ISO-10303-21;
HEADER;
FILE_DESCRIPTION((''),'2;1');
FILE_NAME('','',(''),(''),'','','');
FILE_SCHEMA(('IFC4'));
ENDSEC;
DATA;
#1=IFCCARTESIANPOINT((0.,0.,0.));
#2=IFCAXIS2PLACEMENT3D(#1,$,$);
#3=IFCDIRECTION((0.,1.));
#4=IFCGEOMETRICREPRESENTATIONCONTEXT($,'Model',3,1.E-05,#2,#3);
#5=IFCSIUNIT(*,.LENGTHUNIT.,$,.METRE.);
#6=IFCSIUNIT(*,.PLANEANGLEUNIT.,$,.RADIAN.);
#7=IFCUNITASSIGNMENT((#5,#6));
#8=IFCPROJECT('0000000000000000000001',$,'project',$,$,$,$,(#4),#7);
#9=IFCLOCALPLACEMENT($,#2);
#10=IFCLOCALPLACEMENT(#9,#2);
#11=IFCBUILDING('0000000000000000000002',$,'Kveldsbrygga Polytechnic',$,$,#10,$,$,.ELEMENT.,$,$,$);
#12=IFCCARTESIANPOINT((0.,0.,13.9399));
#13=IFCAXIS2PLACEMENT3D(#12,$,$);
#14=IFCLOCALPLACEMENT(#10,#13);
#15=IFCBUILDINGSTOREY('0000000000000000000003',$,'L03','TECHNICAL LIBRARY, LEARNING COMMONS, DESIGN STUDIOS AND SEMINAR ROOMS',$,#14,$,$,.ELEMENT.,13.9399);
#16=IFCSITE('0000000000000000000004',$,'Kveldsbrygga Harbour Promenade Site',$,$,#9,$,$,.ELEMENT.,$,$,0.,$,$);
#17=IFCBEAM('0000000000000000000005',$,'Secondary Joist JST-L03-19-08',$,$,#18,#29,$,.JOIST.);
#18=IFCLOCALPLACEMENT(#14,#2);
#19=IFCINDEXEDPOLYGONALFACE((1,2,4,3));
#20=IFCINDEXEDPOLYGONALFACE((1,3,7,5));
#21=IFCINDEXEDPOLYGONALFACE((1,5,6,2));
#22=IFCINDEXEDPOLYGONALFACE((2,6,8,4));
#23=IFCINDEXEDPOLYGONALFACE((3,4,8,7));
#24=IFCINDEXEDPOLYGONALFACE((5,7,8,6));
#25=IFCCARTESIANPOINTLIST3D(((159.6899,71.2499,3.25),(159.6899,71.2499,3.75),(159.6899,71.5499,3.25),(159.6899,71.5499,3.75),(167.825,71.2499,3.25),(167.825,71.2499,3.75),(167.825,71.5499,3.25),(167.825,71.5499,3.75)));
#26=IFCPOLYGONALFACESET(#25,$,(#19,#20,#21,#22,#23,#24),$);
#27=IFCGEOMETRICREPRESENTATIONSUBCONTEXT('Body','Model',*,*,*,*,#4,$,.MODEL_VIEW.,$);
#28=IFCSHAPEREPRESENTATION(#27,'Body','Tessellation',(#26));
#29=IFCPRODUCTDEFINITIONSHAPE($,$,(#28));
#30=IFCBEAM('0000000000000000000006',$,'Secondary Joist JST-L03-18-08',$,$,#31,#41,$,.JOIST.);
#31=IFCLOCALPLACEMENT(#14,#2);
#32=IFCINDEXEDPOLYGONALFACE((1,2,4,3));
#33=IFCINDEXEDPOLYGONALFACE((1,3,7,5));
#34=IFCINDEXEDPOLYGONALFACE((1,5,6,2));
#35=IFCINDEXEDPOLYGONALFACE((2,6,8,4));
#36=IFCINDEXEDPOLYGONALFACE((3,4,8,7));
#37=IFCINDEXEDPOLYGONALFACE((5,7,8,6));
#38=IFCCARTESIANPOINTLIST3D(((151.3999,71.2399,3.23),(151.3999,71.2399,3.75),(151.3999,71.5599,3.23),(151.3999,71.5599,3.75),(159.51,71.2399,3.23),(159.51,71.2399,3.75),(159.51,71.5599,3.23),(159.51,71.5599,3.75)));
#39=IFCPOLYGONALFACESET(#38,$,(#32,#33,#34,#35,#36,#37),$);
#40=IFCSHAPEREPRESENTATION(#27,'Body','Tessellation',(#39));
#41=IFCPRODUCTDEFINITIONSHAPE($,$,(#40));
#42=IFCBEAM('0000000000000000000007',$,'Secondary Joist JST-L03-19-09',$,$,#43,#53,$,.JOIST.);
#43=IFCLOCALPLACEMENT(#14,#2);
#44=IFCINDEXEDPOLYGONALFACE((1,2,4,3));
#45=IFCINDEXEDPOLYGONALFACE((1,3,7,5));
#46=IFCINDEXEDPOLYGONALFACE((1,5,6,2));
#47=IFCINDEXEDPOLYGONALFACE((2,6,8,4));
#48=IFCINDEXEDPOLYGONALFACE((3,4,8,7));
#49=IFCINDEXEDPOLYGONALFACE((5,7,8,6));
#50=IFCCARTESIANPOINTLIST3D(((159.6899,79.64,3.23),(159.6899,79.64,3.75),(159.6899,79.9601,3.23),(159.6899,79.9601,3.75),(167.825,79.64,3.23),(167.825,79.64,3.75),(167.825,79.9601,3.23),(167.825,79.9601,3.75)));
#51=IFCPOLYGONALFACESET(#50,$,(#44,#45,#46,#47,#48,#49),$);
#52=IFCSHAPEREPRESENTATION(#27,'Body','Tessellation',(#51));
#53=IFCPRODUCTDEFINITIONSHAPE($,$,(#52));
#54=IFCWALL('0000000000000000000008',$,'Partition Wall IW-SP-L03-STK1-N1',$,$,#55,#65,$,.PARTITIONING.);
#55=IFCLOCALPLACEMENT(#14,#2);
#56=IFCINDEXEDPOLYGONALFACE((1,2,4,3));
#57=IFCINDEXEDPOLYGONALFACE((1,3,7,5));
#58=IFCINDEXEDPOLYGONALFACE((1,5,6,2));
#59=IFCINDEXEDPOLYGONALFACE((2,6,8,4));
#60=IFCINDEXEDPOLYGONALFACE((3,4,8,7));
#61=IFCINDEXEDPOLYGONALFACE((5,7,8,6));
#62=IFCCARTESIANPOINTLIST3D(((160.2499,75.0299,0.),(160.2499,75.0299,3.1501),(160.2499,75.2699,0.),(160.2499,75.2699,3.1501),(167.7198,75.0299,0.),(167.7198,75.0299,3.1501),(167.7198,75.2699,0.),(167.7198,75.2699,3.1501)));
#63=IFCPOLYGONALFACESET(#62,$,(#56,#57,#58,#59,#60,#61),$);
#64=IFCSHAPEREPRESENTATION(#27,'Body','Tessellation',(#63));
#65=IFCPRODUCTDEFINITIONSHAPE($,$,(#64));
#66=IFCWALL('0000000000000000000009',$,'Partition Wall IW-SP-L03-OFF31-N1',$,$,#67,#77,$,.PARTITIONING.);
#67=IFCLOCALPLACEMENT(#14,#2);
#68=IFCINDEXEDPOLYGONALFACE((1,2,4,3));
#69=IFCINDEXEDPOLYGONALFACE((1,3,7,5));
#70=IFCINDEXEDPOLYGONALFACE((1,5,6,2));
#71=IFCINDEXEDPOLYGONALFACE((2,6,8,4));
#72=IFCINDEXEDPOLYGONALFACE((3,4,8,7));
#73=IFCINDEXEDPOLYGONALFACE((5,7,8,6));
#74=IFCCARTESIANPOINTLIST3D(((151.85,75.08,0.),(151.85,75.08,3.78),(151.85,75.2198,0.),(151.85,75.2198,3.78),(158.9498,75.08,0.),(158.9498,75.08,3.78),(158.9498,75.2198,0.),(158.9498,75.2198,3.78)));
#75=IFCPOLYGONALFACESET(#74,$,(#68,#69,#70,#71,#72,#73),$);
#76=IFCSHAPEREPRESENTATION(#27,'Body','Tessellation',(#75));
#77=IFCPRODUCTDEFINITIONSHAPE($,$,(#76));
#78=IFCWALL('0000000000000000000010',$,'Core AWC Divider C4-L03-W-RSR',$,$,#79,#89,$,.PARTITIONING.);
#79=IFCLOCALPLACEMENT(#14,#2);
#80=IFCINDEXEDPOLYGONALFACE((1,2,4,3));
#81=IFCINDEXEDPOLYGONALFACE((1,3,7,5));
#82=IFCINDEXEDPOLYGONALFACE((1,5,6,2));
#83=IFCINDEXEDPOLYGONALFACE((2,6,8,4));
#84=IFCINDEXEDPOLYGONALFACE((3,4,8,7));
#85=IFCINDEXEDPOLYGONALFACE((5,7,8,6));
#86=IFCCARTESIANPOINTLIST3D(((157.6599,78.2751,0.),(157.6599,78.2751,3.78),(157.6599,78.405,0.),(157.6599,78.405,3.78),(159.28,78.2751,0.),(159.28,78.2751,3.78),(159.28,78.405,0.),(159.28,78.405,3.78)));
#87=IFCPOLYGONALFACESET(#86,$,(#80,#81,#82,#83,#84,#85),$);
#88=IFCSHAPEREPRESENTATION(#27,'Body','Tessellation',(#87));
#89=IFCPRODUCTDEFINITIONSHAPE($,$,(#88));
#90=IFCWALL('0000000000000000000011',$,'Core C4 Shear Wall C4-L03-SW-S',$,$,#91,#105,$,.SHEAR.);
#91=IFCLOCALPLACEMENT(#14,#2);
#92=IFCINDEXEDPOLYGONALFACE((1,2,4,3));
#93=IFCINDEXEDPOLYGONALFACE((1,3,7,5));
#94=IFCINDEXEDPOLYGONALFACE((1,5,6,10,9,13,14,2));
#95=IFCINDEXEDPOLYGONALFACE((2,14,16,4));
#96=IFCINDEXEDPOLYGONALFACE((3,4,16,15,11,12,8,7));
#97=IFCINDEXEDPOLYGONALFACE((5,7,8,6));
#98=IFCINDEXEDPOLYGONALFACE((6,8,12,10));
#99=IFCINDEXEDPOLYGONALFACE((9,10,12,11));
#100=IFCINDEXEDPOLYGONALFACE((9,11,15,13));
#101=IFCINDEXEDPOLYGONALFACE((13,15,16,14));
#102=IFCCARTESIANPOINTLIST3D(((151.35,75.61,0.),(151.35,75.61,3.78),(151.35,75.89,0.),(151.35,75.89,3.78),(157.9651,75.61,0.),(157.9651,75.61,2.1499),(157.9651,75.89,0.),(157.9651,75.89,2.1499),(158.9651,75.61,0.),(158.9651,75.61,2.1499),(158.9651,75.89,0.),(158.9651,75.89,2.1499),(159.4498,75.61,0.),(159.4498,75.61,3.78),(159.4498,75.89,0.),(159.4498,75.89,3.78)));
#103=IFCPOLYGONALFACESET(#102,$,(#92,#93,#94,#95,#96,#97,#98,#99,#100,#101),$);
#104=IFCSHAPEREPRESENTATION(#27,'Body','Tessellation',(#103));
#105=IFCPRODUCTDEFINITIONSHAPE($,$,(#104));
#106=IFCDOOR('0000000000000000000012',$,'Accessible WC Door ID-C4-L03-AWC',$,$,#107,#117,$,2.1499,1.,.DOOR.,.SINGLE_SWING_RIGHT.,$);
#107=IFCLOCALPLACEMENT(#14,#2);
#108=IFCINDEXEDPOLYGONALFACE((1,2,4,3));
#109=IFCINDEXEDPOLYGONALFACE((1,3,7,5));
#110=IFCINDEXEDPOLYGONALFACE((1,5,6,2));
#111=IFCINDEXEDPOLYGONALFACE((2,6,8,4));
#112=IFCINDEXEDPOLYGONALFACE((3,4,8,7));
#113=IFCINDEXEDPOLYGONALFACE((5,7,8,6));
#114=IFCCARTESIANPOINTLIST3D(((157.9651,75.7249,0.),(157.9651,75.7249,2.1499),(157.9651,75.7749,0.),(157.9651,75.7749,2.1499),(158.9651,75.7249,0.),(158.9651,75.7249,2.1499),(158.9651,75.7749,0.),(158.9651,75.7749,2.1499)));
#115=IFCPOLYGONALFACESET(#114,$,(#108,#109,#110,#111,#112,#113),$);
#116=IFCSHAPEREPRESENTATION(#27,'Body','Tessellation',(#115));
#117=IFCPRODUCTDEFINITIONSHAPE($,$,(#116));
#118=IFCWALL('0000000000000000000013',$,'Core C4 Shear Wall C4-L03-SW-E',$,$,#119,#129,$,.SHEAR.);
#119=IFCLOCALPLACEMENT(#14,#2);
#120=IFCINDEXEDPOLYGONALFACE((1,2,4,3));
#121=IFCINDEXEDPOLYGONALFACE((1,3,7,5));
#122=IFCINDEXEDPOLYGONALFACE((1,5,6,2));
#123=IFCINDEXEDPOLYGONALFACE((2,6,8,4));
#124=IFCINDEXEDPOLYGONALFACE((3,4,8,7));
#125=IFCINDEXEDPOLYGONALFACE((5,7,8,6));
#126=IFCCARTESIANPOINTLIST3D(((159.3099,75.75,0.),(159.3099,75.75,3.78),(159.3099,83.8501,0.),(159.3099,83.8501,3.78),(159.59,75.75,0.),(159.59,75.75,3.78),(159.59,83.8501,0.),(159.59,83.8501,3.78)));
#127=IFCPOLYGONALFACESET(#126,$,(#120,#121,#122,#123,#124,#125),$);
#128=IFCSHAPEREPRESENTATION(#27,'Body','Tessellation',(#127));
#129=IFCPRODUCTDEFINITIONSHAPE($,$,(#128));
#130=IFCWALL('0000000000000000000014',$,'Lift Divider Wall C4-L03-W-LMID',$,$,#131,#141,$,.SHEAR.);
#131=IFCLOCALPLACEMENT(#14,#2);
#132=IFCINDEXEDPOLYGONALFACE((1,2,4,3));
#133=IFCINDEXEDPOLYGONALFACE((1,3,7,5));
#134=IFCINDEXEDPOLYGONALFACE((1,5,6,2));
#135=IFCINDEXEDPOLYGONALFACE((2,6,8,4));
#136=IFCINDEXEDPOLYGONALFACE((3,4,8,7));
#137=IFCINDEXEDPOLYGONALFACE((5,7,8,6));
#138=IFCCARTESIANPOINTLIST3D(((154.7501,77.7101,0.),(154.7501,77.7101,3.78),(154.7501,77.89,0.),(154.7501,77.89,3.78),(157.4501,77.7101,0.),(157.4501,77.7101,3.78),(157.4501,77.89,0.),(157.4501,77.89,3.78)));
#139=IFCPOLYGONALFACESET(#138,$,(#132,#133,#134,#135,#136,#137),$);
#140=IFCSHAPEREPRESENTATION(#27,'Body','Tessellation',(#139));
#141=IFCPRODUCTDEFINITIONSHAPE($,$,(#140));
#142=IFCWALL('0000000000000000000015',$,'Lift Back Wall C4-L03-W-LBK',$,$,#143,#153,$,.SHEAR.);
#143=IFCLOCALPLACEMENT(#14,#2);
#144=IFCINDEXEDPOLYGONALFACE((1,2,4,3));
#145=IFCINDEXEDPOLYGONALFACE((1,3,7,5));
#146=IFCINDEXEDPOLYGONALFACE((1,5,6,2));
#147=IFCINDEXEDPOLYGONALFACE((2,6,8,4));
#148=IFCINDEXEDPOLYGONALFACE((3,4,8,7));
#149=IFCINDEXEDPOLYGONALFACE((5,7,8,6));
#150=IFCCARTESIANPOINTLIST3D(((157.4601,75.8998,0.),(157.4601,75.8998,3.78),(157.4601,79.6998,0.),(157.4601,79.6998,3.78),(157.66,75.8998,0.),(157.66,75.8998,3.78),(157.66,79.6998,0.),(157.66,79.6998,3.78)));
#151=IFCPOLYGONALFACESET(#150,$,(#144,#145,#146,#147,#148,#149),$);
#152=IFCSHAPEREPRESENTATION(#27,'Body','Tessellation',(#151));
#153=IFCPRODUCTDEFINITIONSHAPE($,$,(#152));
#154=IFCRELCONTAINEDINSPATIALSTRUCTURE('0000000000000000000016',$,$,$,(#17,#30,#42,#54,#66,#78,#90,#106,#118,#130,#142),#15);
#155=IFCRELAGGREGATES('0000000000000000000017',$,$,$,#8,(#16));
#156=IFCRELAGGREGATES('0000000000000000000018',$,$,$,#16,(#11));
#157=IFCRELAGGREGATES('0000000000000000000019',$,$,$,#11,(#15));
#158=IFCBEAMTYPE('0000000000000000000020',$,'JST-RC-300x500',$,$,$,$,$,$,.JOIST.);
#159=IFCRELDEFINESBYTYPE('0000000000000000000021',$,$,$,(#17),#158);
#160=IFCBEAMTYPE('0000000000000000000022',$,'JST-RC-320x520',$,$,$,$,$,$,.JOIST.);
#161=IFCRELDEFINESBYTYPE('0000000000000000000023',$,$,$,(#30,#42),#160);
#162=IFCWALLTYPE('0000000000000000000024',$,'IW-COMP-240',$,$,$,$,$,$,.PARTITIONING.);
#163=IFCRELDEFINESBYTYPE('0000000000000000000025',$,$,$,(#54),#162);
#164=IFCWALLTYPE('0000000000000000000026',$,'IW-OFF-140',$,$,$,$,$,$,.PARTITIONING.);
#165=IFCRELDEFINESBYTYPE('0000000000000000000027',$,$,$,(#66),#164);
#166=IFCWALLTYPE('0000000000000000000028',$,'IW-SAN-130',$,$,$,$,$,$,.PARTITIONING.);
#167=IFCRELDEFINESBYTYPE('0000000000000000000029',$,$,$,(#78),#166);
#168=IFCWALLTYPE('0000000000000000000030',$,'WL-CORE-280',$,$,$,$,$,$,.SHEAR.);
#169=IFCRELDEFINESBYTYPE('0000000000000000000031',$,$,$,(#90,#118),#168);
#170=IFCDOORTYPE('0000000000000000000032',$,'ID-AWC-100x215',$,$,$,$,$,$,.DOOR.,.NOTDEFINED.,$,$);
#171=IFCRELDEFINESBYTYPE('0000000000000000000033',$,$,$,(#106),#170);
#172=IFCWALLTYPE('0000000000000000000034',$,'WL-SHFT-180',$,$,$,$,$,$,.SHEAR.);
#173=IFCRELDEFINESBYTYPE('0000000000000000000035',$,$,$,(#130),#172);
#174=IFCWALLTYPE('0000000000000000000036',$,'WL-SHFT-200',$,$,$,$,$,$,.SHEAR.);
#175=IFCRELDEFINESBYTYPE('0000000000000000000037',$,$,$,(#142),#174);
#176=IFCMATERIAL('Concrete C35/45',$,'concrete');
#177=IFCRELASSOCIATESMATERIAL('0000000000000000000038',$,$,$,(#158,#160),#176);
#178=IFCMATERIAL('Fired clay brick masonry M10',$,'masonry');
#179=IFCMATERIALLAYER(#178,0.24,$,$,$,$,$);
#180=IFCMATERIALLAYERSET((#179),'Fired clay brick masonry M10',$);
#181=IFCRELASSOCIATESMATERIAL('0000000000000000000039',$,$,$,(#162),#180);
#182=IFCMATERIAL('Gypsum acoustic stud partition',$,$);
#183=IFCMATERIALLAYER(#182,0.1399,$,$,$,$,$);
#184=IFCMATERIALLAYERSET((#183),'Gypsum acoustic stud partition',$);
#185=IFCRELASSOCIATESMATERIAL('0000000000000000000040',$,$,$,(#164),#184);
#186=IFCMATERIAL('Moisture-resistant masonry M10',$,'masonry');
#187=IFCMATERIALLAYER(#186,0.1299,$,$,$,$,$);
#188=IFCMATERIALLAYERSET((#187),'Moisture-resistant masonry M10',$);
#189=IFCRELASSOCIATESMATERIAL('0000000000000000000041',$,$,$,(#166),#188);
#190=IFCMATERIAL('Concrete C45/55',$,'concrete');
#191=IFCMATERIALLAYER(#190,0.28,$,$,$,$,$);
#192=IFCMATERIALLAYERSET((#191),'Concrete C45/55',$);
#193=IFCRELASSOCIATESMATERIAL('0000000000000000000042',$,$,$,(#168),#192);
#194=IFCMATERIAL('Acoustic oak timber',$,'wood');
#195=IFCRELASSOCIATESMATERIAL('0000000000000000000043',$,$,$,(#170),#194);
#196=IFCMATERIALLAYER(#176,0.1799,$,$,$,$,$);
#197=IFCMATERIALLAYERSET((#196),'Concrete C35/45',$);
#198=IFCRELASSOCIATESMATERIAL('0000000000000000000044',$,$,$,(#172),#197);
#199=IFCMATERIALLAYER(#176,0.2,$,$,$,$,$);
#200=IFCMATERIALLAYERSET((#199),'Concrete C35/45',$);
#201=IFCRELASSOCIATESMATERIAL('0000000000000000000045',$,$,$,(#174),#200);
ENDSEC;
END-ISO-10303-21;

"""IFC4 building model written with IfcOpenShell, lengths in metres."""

from ifc_helpers import new_model, si_unit, direction, frame, frame_2d, origin, origin_2d, place, context, subcontext, project, spatial, rectangle, extrude, material, layer, layer_set, material_profile, profile_set, type_object, element, fill, save


model = new_model("IFC4")

# Units and contexts
model_context = context("Model", 3, precision=1e-05, world=origin(), true_north=direction((0.0, 1.0)))
body_context = subcontext(model_context, "Body", "Model", "MODEL_VIEW")
ifc_project = project(units=[si_unit("LENGTHUNIT", "METRE"), si_unit("PLANEANGLEUNIT", "RADIAN")], contexts=[model_context])

# Site, building, storey
site_placement = place(None, origin())
site = spatial("IfcSite", under=ifc_project, at=site_placement, Name="Kveldsbrygga Harbour Promenade Site", CompositionType="ELEMENT", RefElevation=0.0)
building_placement = place(site_placement, origin())
building = spatial("IfcBuilding", under=site, at=building_placement, Name="Kveldsbrygga Polytechnic", CompositionType="ELEMENT")
storey_placement = place(building_placement, frame((0.0, 0.0, 13.9399)))
storey = spatial("IfcBuildingStorey", under=building, at=storey_placement, Name="L03", Description="TECHNICAL LIBRARY, LEARNING COMMONS, DESIGN STUDIOS AND SEMINAR ROOMS", CompositionType="ELEMENT", Elevation=13.9399)

# Shared definitions
ifc_material_1 = material(Name="Concrete C45/55", Category="concrete")

# Beams
ifc_material_2 = material(Name="Concrete C35/45", Category="concrete")
ifc_material_profile_1 = material_profile(ifc_material_2, rectangle(XDim=0.3, YDim=0.5, at=origin_2d()), Name="RC 300x500")
ifc_profile_set_1 = profile_set([ifc_material_profile_1], Name="Concrete C35/45")
beam_type_1 = type_object("IfcBeamType", Name="JST-RC-300x500", PredefinedType="JOIST", material=ifc_profile_set_1)
beam_1_placement = place(storey_placement, frame((159.6899, 71.3999, 3.5), z_axis=(1.0, 0.0, 0.0), x_axis=(0.0, 1.0, 0.0)))
element("IfcBeam", 1, at=beam_1_placement, inside=storey, type_object=beam_type_1, Name="Secondary Joist JST-L03-19-08", PredefinedType="JOIST", context=body_context, shape_type="SweptSolid", body=[
    extrude(rectangle(XDim=0.3, YDim=0.5, at=origin_2d()), origin(), (0.0, 0.0, 1.0), 8.135),
])
ifc_material_profile_2 = material_profile(ifc_material_2, rectangle(XDim=0.3201, YDim=0.52, at=origin_2d()), Name="RC 320x520")
ifc_profile_set_2 = profile_set([ifc_material_profile_2], Name="Concrete C35/45")
beam_type_2 = type_object("IfcBeamType", Name="JST-RC-320x520", PredefinedType="JOIST", material=ifc_profile_set_2)
beam_2_placement = place(storey_placement, frame((151.3999, 71.3999, 3.49), z_axis=(1.0, 0.0, 0.0), x_axis=(0.0, 1.0, 0.0)))
element("IfcBeam", 2, at=beam_2_placement, inside=storey, type_object=beam_type_2, Name="Secondary Joist JST-L03-18-08", PredefinedType="JOIST", context=body_context, shape_type="SweptSolid", body=[
    extrude(rectangle(XDim=0.3201, YDim=0.52, at=origin_2d()), origin(), (0.0, 0.0, 1.0), 8.1101),
])
beam_3_placement = place(storey_placement, frame((159.6899, 79.8, 3.49), z_axis=(1.0, 0.0, 0.0), x_axis=(0.0, 1.0, 0.0)))
element("IfcBeam", 3, at=beam_3_placement, inside=storey, type_object=beam_type_2, Name="Secondary Joist JST-L03-19-09", PredefinedType="JOIST", context=body_context, shape_type="SweptSolid", body=[
    extrude(rectangle(XDim=0.3201, YDim=0.52, at=origin_2d()), origin(), (0.0, 0.0, 1.0), 8.135),
])

# Walls
ifc_material_3 = material(Name="Fired clay brick masonry M10", Category="masonry")
ifc_layer_1 = layer(ifc_material_3, 0.24)
ifc_layer_set_1 = layer_set([ifc_layer_1], Name="Fired clay brick masonry M10")
wall_type_1 = type_object("IfcWallType", Name="IW-COMP-240", PredefinedType="PARTITIONING", material=ifc_layer_set_1)
wall_1_placement = place(storey_placement, frame((160.25, 75.1499, 0.0), z_axis=(0.0, 0.0, 1.0), x_axis=(1.0, 0.0, 0.0)))
element("IfcWall", 4, at=wall_1_placement, inside=storey, type_object=wall_type_1, Name="Partition Wall IW-SP-L03-STK1-N1", PredefinedType="PARTITIONING", context=body_context, shape_type="SweptSolid", body=[
    extrude(rectangle(XDim=7.47, YDim=0.24, at=frame_2d((3.7349, 0.0))), origin(), (0.0, 0.0, 1.0), 3.1501),
])
ifc_material_4 = material(Name="Gypsum acoustic stud partition")
ifc_layer_2 = layer(ifc_material_4, 0.1399)
ifc_layer_set_2 = layer_set([ifc_layer_2], Name="Gypsum acoustic stud partition")
wall_type_2 = type_object("IfcWallType", Name="IW-OFF-140", PredefinedType="PARTITIONING", material=ifc_layer_set_2)
wall_2_placement = place(storey_placement, frame((151.8501, 75.1499, 0.0), z_axis=(0.0, 0.0, 1.0), x_axis=(1.0, 0.0, 0.0)))
element("IfcWall", 5, at=wall_2_placement, inside=storey, type_object=wall_type_2, Name="Partition Wall IW-SP-L03-OFF31-N1", PredefinedType="PARTITIONING", context=body_context, shape_type="SweptSolid", body=[
    extrude(rectangle(XDim=7.0999, YDim=0.1399, at=frame_2d((3.5498, 0.0))), origin(), (0.0, 0.0, 1.0), 3.78),
])
ifc_material_5 = material(Name="Moisture-resistant masonry M10", Category="masonry")
ifc_layer_3 = layer(ifc_material_5, 0.1299)
ifc_layer_set_3 = layer_set([ifc_layer_3], Name="Moisture-resistant masonry M10")
wall_type_3 = type_object("IfcWallType", Name="IW-SAN-130", PredefinedType="PARTITIONING", material=ifc_layer_set_3)
wall_3_placement = place(storey_placement, frame((157.6599, 78.3401, 0.0), z_axis=(0.0, 0.0, 1.0), x_axis=(1.0, 0.0, 0.0)))
element("IfcWall", 6, at=wall_3_placement, inside=storey, type_object=wall_type_3, Name="Core AWC Divider C4-L03-W-RSR", PredefinedType="PARTITIONING", context=body_context, shape_type="SweptSolid", body=[
    extrude(rectangle(XDim=1.6201, YDim=0.1299, at=frame_2d((0.8101, 0.0))), origin(), (0.0, 0.0, 1.0), 3.78),
])

# Wall, opening, door
ifc_layer_4 = layer(ifc_material_1, 0.28)
ifc_layer_set_4 = layer_set([ifc_layer_4], Name="Concrete C45/55")
wall_type_4 = type_object("IfcWallType", Name="WL-CORE-280", PredefinedType="SHEAR", material=ifc_layer_set_4)
wall_4_placement = place(storey_placement, frame((151.3501, 75.75, 0.0), z_axis=(0.0, 0.0, 1.0), x_axis=(1.0, 0.0, 0.0)))
wall_4 = element("IfcWall", 7, at=wall_4_placement, inside=storey, type_object=wall_type_4, Name="Core C4 Shear Wall C4-L03-SW-S", PredefinedType="SHEAR", context=body_context, shape_type="SweptSolid", body=[
    extrude(rectangle(XDim=8.0999, YDim=0.28, at=frame_2d((4.0498, 0.0))), origin(), (0.0, 0.0, 1.0), 3.78),
])
opening_1_placement = place(wall_4_placement, frame((6.615, 0.0, 0.0)))
opening_1 = element("IfcOpeningElement", 8, at=opening_1_placement, cuts=wall_4, PredefinedType="OPENING", context=body_context, shape_type="SweptSolid", body=[
    extrude(rectangle(XDim=1.0, YDim=2.1499, at=frame_2d((0.5, 1.075))), frame((0.0, 0.1499, 0.0), z_axis=(0.0, -1.0, 0.0), x_axis=(1.0, 0.0, 0.0)), (0.0, 0.0, 1.0), 0.3),
])
ifc_material_6 = material(Name="Acoustic oak timber", Category="wood")
door_type_1 = type_object("IfcDoorType", Name="ID-AWC-100x215", OperationType="NOTDEFINED", PredefinedType="DOOR", material=ifc_material_6)
door_1_placement = place(opening_1_placement, origin())
door_1 = element("IfcDoor", 9, at=door_1_placement, inside=storey, type_object=door_type_1, Name="Accessible WC Door ID-C4-L03-AWC", OperationType="SINGLE_SWING_RIGHT", OverallHeight=2.1499, OverallWidth=1.0, PredefinedType="DOOR", context=body_context, shape_type="SweptSolid", body=[
    extrude(rectangle(XDim=1.0, YDim=2.1499, at=frame_2d((0.5, 1.075))), frame((0.0, 0.0249, 0.0), z_axis=(0.0, -1.0, 0.0), x_axis=(1.0, 0.0, 0.0)), (0.0, 0.0, 1.0), 0.05),
])
fill(opening_1, door_1)

# Wall
wall_5_placement = place(storey_placement, frame((159.45, 75.75, 0.0), z_axis=(0.0, 0.0, 1.0), x_axis=(0.0, 1.0, 0.0)))
element("IfcWall", 10, at=wall_5_placement, inside=storey, type_object=wall_type_4, Name="Core C4 Shear Wall C4-L03-SW-E", PredefinedType="SHEAR", context=body_context, shape_type="SweptSolid", body=[
    extrude(rectangle(XDim=8.1001, YDim=0.28, at=frame_2d((4.05, 0.0))), origin(), (0.0, 0.0, 1.0), 3.78),
])

# Wall
ifc_layer_5 = layer(ifc_material_2, 0.1799)
ifc_layer_set_5 = layer_set([ifc_layer_5], Name="Concrete C35/45")
wall_type_5 = type_object("IfcWallType", Name="WL-SHFT-180", PredefinedType="SHEAR", material=ifc_layer_set_5)
wall_6_placement = place(storey_placement, frame((154.75, 77.8, 0.0), z_axis=(0.0, 0.0, 1.0), x_axis=(1.0, 0.0, 0.0)))
element("IfcWall", 11, at=wall_6_placement, inside=storey, type_object=wall_type_5, Name="Lift Divider Wall C4-L03-W-LMID", PredefinedType="SHEAR", context=body_context, shape_type="SweptSolid", body=[
    extrude(rectangle(XDim=2.7, YDim=0.1799, at=frame_2d((1.3501, 0.0))), origin(), (0.0, 0.0, 1.0), 3.78),
])

# Shared definitions
ifc_layer_6 = layer(ifc_material_2, 0.2)
ifc_layer_set_6 = layer_set([ifc_layer_6], Name="Concrete C35/45")
wall_type_6 = type_object("IfcWallType", Name="WL-SHFT-200", PredefinedType="SHEAR", material=ifc_layer_set_6)

# Wall
wall_7_placement = place(storey_placement, frame((157.5601, 75.8999, 0.0), z_axis=(0.0, 0.0, 1.0), x_axis=(0.0, 1.0, 0.0)))
element("IfcWall", 12, at=wall_7_placement, inside=storey, type_object=wall_type_6, Name="Lift Back Wall C4-L03-W-LBK", PredefinedType="SHEAR", context=body_context, shape_type="SweptSolid", body=[
    extrude(rectangle(XDim=3.8, YDim=0.2, at=frame_2d((1.8999, 0.0))), origin(), (0.0, 0.0, 1.0), 3.78),
])

save(model, "model.ifc")
